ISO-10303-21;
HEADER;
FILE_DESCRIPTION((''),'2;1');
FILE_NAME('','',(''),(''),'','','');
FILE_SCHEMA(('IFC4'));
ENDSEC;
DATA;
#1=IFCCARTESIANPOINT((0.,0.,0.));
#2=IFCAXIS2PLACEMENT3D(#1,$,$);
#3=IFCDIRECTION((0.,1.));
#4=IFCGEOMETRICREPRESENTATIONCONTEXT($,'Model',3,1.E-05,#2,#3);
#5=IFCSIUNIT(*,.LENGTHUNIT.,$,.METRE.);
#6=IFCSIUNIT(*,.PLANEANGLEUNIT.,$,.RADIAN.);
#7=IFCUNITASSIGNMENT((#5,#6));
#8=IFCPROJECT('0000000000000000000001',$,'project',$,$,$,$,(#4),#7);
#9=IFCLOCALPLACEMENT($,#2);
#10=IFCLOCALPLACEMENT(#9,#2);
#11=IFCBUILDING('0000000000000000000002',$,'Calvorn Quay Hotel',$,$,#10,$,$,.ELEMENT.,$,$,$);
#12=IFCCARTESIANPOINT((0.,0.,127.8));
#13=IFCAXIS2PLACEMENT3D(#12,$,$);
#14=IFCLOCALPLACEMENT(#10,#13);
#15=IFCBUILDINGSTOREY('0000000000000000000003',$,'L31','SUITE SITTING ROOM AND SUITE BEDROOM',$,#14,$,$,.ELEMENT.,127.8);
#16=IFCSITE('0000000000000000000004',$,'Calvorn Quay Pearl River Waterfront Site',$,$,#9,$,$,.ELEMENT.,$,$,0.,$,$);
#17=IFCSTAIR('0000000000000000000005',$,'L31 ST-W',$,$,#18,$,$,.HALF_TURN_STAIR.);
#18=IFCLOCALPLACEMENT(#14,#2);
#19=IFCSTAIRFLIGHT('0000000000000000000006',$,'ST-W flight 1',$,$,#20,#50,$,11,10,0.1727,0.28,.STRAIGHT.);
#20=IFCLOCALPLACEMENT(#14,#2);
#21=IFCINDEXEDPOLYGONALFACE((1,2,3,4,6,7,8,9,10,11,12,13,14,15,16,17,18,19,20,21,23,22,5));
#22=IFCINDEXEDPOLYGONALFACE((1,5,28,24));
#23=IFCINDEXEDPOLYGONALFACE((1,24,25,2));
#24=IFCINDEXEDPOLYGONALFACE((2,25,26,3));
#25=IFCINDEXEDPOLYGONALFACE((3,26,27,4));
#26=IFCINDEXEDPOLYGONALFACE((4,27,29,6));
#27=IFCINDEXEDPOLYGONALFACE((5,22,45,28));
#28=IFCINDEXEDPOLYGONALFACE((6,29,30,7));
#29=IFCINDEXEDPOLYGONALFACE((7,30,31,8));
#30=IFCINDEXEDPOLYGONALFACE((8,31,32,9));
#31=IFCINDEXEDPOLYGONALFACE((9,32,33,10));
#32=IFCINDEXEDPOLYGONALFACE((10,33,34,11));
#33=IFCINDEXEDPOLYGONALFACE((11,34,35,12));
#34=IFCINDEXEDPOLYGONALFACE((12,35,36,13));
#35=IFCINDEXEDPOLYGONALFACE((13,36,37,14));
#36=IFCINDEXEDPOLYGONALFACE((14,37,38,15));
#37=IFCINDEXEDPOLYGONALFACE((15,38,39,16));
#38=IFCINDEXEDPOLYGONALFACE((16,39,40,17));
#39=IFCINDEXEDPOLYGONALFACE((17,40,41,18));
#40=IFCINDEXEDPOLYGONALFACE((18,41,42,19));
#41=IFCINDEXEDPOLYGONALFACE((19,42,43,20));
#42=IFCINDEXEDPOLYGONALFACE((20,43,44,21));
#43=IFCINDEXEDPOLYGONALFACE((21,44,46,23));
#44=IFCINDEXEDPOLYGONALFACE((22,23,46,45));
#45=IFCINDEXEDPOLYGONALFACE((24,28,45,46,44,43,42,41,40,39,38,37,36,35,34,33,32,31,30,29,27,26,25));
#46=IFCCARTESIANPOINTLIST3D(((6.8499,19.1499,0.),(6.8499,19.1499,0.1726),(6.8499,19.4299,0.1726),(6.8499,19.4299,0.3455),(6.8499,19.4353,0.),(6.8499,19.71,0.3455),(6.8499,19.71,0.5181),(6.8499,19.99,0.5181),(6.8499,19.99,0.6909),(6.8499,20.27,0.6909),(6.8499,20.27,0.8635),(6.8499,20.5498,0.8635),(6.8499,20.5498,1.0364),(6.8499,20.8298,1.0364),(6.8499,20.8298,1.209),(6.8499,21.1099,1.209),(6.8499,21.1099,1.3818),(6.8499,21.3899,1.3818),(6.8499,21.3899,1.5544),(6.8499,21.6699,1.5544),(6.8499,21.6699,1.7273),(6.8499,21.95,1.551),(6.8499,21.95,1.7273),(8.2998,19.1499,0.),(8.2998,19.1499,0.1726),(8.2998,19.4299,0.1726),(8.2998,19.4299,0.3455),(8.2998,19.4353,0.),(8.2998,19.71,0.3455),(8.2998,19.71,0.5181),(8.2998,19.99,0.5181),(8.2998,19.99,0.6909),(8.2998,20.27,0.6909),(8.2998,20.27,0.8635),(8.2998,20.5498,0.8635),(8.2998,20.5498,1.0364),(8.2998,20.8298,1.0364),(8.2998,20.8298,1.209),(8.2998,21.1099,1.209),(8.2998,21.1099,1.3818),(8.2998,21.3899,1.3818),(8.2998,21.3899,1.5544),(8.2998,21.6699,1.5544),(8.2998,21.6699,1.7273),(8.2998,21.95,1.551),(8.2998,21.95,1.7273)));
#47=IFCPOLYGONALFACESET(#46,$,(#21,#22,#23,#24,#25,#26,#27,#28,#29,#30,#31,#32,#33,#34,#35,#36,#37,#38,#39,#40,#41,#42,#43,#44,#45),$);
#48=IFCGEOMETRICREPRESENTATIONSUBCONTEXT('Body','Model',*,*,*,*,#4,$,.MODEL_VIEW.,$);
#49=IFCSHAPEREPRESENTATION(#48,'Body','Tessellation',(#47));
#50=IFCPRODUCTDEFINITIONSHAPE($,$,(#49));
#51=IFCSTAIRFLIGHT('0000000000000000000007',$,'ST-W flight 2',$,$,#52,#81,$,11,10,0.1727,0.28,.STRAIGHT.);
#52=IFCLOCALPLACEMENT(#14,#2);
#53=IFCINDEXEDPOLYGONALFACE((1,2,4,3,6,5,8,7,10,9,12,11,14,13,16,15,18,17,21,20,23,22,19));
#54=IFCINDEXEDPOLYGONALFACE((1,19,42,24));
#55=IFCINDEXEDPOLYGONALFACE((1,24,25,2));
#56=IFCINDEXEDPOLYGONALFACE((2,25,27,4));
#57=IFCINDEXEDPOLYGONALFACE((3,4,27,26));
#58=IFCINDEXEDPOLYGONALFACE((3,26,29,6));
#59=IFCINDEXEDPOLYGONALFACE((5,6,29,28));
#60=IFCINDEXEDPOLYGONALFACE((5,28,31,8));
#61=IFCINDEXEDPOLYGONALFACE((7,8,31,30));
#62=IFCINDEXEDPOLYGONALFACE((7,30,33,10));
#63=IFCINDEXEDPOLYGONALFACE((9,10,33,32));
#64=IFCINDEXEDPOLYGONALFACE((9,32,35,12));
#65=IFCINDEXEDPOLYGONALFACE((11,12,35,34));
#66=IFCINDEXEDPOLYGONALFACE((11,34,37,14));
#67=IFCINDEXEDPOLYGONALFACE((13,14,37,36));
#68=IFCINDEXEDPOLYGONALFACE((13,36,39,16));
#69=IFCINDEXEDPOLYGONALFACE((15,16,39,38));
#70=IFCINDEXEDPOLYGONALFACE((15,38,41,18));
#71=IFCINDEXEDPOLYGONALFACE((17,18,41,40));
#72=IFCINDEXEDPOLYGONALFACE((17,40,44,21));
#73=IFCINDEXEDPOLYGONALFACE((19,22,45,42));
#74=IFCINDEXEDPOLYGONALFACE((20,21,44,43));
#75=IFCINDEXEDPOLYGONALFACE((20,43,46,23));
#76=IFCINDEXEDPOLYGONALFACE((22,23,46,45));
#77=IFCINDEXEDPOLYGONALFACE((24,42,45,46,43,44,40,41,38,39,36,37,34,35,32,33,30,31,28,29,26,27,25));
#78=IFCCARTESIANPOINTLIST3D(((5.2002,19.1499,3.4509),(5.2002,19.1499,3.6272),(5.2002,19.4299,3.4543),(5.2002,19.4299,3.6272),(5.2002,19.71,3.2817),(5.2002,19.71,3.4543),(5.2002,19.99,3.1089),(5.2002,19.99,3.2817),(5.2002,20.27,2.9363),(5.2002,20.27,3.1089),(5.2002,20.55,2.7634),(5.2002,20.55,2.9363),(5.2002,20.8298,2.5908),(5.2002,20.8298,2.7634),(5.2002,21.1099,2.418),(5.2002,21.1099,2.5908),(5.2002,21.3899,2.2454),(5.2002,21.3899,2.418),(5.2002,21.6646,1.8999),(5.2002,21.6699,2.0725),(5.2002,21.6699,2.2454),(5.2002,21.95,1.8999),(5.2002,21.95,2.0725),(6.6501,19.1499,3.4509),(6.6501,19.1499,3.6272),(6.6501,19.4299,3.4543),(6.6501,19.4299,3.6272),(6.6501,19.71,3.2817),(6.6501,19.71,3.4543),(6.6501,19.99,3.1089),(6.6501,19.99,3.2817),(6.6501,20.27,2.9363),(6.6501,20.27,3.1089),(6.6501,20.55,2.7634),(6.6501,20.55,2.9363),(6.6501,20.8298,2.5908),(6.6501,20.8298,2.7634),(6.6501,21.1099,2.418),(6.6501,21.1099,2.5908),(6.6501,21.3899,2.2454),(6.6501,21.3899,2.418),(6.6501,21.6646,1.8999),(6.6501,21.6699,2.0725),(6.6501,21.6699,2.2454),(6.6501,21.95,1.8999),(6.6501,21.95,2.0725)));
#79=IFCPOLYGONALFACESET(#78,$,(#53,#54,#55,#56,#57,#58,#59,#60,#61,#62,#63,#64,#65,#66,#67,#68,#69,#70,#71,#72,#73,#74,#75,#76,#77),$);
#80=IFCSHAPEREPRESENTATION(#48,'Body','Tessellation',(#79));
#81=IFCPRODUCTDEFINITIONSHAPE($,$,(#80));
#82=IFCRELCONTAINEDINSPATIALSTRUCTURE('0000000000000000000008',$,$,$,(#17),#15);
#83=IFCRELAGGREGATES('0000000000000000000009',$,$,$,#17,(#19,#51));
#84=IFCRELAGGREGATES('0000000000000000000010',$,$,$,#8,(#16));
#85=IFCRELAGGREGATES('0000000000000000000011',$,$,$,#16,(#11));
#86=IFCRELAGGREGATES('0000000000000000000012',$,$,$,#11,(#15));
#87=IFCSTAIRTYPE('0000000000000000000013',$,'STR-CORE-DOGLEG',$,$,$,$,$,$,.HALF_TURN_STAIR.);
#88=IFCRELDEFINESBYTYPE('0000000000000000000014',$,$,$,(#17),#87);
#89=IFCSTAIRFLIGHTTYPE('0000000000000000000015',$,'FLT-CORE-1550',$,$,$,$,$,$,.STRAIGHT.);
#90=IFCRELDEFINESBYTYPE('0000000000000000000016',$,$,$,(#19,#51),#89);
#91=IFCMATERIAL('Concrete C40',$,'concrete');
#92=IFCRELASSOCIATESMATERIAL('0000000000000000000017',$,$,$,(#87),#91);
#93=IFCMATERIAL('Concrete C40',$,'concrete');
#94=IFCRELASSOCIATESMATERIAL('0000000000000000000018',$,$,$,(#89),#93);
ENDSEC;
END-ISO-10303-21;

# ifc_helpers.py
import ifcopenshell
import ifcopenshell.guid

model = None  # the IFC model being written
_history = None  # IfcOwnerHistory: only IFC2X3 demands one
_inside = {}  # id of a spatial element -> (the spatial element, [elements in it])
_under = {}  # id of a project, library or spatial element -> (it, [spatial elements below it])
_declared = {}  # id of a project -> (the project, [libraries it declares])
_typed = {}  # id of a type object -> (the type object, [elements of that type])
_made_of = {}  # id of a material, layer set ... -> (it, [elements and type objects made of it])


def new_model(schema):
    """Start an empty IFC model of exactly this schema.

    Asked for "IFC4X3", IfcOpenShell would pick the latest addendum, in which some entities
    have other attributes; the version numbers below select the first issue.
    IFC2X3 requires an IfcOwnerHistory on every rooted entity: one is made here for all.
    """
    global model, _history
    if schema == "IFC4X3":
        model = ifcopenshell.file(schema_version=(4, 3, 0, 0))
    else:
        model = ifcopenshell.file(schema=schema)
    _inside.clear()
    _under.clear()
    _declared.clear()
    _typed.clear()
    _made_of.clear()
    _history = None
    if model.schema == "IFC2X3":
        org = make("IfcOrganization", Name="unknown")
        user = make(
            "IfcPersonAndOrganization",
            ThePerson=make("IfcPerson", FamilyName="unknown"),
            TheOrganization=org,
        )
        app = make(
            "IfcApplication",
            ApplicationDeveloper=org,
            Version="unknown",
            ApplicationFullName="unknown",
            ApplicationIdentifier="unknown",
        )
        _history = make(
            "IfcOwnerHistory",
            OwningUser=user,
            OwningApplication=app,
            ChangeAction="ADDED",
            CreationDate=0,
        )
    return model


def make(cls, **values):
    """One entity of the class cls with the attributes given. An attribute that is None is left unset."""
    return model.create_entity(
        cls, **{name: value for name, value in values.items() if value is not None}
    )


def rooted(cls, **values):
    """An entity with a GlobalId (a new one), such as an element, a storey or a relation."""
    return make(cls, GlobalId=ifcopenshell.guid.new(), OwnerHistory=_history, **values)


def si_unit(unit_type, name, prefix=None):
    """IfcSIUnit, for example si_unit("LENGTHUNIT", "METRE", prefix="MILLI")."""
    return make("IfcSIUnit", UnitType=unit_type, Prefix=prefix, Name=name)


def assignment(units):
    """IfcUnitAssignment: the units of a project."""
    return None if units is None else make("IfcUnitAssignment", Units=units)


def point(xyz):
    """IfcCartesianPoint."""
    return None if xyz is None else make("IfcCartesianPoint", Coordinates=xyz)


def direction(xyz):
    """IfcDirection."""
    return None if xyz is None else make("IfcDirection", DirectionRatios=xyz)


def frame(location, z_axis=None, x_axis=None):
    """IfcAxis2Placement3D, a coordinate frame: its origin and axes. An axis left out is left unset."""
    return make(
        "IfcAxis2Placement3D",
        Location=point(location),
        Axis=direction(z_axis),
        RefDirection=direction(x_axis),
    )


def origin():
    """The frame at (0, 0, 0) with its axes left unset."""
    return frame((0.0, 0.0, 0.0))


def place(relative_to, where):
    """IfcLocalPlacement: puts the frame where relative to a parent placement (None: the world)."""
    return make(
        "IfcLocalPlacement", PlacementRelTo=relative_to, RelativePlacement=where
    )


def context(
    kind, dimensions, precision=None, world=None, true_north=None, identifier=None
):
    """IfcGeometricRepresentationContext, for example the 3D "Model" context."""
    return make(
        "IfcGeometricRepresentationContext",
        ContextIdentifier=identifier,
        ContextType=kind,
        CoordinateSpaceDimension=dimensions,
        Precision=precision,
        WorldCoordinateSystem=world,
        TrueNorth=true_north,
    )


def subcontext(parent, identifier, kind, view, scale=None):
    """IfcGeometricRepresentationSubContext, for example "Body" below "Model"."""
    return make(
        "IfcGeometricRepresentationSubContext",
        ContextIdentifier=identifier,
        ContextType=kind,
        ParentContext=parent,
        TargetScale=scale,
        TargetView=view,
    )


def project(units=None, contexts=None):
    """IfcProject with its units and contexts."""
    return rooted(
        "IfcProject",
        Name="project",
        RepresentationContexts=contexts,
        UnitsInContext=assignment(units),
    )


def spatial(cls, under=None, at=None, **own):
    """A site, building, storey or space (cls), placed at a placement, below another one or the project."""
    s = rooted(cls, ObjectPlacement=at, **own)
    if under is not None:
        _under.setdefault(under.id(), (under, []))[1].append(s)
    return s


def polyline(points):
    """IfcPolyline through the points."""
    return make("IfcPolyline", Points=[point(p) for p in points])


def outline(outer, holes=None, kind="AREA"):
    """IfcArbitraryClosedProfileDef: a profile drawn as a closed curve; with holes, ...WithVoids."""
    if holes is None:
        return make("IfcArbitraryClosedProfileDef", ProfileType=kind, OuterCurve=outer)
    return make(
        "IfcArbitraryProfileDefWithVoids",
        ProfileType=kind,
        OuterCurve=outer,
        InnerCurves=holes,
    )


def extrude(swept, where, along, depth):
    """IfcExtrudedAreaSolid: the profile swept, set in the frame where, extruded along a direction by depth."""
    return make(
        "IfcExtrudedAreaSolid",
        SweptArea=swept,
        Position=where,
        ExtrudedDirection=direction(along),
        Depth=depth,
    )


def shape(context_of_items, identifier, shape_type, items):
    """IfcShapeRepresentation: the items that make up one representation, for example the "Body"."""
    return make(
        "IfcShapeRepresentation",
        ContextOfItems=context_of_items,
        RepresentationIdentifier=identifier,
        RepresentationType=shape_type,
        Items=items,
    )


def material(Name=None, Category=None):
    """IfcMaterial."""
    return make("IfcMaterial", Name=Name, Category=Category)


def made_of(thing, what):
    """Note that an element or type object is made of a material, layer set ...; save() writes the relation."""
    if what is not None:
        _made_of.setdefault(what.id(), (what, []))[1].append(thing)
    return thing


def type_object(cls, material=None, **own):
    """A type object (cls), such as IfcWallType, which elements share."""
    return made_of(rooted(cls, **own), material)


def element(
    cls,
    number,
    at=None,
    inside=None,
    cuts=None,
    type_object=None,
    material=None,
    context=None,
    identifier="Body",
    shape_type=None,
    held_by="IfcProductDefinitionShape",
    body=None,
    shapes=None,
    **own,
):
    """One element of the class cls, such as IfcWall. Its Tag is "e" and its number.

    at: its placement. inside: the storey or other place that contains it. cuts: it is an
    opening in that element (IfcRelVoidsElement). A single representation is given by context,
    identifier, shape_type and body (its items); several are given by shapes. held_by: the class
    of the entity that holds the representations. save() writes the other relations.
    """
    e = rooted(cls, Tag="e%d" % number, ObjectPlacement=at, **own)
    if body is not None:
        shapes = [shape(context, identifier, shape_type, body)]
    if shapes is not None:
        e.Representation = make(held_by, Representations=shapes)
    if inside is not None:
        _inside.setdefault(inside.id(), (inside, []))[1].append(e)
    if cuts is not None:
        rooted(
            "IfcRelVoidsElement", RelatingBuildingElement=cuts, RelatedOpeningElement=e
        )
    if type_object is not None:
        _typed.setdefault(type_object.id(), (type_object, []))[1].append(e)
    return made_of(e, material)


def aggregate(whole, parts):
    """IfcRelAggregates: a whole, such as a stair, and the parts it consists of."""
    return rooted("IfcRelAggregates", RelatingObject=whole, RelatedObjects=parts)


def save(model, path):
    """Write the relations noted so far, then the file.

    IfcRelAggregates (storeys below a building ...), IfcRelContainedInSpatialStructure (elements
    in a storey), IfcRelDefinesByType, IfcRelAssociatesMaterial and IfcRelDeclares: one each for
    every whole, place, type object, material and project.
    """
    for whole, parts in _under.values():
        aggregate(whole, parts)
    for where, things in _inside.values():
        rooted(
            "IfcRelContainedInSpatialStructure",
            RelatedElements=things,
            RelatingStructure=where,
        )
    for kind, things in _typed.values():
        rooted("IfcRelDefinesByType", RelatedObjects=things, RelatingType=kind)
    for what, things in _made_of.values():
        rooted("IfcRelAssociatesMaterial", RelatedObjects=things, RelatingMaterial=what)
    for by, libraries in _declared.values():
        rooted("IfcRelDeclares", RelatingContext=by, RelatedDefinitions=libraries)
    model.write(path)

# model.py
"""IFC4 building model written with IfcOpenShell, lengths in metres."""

from ifc_helpers import new_model, si_unit, direction, frame, origin, place, context, subcontext, project, spatial, polyline, outline, extrude, material, type_object, element, aggregate, save


model = new_model("IFC4")

# Units and contexts
model_context = context("Model", 3, precision=1e-05, world=origin(), true_north=direction((0.0, 1.0)))
body_context = subcontext(model_context, "Body", "Model", "MODEL_VIEW")
ifc_project = project(units=[si_unit("LENGTHUNIT", "METRE"), si_unit("PLANEANGLEUNIT", "RADIAN")], contexts=[model_context])

# Site, building, storey
site_placement = place(None, origin())
site = spatial("IfcSite", under=ifc_project, at=site_placement, Name="Calvorn Quay Pearl River Waterfront Site", CompositionType="ELEMENT", RefElevation=0.0)
building_placement = place(site_placement, origin())
building = spatial("IfcBuilding", under=site, at=building_placement, Name="Calvorn Quay Hotel", CompositionType="ELEMENT")
storey_placement = place(building_placement, frame((0.0, 0.0, 127.8)))
storey = spatial("IfcBuildingStorey", under=building, at=storey_placement, Name="L31", Description="SUITE SITTING ROOM AND SUITE BEDROOM", CompositionType="ELEMENT", Elevation=127.8)

# Stair, stair flights
ifc_material_1 = material(Name="Concrete C40", Category="concrete")
stair_type = type_object("IfcStairType", Name="STR-CORE-DOGLEG", PredefinedType="HALF_TURN_STAIR", material=ifc_material_1)
stair_placement = place(storey_placement, origin())
stair = element("IfcStair", 1, at=stair_placement, inside=storey, type_object=stair_type, Name="L31 ST-W", PredefinedType="HALF_TURN_STAIR")
ifc_material_2 = material(Name="Concrete C40", Category="concrete")
stair_flight_type = type_object("IfcStairFlightType", Name="FLT-CORE-1550", PredefinedType="STRAIGHT", material=ifc_material_2)
stair_flight_1_placement = place(storey_placement, frame((7.575, 19.1499, 0.0), z_axis=(0.0, 0.0, 1.0), x_axis=(0.0, 1.0, 0.0)))
stair_flight_1 = element("IfcStairFlight", 2, at=stair_flight_1_placement, type_object=stair_flight_type, Name="ST-W flight 1", NumberOfRisers=11, NumberOfTreads=10, PredefinedType="STRAIGHT", RiserHeight=0.1727, TreadLength=0.28, context=body_context, shape_type="SweptSolid", body=[
    extrude(outline(polyline([(0.0, 0.0), (0.0, 0.1726), (0.28, 0.1726), (0.28, 0.3455), (0.5601, 0.3455), (0.5601, 0.5181), (0.8401, 0.5181), (0.8401, 0.6909), (1.1201, 0.6909), (1.1201, 0.8635), (1.3999, 0.8635), (1.3999, 1.0364), (1.6799, 1.0364), (1.6799, 1.209), (1.96, 1.209), (1.96, 1.3818), (2.24, 1.3818), (2.24, 1.5544), (2.52, 1.5544), (2.52, 1.7273), (2.8, 1.7273), (2.8, 1.8999), (2.8, 1.551), (0.2854, 0.0), (0.0, 0.0)])), frame((0.0, 0.7251, 0.0), z_axis=(0.0, -1.0, 0.0), x_axis=(1.0, 0.0, 0.0)), (0.0, 0.0, 1.0), 1.45),
])
stair_flight_2_placement = place(storey_placement, frame((5.925, 21.95, 1.8999), z_axis=(0.0, 0.0, 1.0), x_axis=(0.0, -1.0, 0.0)))
stair_flight_2 = element("IfcStairFlight", 3, at=stair_flight_2_placement, type_object=stair_flight_type, Name="ST-W flight 2", NumberOfRisers=11, NumberOfTreads=10, PredefinedType="STRAIGHT", RiserHeight=0.1727, TreadLength=0.28, context=body_context, shape_type="SweptSolid", body=[
    extrude(outline(polyline([(0.0, 0.0), (0.0, 0.1726), (0.28, 0.1726), (0.28, 0.3455), (0.5601, 0.3455), (0.5601, 0.5181), (0.8401, 0.5181), (0.8401, 0.6909), (1.1201, 0.6909), (1.1201, 0.8635), (1.3999, 0.8635), (1.3999, 1.0364), (1.6799, 1.0364), (1.6799, 1.209), (1.96, 1.209), (1.96, 1.3818), (2.24, 1.3818), (2.24, 1.5544), (2.52, 1.5544), (2.52, 1.7273), (2.8, 1.7273), (2.8, 1.8999), (2.8, 1.551), (0.2854, 0.0), (0.0, 0.0)])), frame((0.0, 0.7251, 0.0), z_axis=(0.0, -1.0, 0.0), x_axis=(1.0, 0.0, 0.0)), (0.0, 0.0, 1.0), 1.45),
])
aggregate(stair, [stair_flight_1, stair_flight_2])

save(model, "model.ifc")
